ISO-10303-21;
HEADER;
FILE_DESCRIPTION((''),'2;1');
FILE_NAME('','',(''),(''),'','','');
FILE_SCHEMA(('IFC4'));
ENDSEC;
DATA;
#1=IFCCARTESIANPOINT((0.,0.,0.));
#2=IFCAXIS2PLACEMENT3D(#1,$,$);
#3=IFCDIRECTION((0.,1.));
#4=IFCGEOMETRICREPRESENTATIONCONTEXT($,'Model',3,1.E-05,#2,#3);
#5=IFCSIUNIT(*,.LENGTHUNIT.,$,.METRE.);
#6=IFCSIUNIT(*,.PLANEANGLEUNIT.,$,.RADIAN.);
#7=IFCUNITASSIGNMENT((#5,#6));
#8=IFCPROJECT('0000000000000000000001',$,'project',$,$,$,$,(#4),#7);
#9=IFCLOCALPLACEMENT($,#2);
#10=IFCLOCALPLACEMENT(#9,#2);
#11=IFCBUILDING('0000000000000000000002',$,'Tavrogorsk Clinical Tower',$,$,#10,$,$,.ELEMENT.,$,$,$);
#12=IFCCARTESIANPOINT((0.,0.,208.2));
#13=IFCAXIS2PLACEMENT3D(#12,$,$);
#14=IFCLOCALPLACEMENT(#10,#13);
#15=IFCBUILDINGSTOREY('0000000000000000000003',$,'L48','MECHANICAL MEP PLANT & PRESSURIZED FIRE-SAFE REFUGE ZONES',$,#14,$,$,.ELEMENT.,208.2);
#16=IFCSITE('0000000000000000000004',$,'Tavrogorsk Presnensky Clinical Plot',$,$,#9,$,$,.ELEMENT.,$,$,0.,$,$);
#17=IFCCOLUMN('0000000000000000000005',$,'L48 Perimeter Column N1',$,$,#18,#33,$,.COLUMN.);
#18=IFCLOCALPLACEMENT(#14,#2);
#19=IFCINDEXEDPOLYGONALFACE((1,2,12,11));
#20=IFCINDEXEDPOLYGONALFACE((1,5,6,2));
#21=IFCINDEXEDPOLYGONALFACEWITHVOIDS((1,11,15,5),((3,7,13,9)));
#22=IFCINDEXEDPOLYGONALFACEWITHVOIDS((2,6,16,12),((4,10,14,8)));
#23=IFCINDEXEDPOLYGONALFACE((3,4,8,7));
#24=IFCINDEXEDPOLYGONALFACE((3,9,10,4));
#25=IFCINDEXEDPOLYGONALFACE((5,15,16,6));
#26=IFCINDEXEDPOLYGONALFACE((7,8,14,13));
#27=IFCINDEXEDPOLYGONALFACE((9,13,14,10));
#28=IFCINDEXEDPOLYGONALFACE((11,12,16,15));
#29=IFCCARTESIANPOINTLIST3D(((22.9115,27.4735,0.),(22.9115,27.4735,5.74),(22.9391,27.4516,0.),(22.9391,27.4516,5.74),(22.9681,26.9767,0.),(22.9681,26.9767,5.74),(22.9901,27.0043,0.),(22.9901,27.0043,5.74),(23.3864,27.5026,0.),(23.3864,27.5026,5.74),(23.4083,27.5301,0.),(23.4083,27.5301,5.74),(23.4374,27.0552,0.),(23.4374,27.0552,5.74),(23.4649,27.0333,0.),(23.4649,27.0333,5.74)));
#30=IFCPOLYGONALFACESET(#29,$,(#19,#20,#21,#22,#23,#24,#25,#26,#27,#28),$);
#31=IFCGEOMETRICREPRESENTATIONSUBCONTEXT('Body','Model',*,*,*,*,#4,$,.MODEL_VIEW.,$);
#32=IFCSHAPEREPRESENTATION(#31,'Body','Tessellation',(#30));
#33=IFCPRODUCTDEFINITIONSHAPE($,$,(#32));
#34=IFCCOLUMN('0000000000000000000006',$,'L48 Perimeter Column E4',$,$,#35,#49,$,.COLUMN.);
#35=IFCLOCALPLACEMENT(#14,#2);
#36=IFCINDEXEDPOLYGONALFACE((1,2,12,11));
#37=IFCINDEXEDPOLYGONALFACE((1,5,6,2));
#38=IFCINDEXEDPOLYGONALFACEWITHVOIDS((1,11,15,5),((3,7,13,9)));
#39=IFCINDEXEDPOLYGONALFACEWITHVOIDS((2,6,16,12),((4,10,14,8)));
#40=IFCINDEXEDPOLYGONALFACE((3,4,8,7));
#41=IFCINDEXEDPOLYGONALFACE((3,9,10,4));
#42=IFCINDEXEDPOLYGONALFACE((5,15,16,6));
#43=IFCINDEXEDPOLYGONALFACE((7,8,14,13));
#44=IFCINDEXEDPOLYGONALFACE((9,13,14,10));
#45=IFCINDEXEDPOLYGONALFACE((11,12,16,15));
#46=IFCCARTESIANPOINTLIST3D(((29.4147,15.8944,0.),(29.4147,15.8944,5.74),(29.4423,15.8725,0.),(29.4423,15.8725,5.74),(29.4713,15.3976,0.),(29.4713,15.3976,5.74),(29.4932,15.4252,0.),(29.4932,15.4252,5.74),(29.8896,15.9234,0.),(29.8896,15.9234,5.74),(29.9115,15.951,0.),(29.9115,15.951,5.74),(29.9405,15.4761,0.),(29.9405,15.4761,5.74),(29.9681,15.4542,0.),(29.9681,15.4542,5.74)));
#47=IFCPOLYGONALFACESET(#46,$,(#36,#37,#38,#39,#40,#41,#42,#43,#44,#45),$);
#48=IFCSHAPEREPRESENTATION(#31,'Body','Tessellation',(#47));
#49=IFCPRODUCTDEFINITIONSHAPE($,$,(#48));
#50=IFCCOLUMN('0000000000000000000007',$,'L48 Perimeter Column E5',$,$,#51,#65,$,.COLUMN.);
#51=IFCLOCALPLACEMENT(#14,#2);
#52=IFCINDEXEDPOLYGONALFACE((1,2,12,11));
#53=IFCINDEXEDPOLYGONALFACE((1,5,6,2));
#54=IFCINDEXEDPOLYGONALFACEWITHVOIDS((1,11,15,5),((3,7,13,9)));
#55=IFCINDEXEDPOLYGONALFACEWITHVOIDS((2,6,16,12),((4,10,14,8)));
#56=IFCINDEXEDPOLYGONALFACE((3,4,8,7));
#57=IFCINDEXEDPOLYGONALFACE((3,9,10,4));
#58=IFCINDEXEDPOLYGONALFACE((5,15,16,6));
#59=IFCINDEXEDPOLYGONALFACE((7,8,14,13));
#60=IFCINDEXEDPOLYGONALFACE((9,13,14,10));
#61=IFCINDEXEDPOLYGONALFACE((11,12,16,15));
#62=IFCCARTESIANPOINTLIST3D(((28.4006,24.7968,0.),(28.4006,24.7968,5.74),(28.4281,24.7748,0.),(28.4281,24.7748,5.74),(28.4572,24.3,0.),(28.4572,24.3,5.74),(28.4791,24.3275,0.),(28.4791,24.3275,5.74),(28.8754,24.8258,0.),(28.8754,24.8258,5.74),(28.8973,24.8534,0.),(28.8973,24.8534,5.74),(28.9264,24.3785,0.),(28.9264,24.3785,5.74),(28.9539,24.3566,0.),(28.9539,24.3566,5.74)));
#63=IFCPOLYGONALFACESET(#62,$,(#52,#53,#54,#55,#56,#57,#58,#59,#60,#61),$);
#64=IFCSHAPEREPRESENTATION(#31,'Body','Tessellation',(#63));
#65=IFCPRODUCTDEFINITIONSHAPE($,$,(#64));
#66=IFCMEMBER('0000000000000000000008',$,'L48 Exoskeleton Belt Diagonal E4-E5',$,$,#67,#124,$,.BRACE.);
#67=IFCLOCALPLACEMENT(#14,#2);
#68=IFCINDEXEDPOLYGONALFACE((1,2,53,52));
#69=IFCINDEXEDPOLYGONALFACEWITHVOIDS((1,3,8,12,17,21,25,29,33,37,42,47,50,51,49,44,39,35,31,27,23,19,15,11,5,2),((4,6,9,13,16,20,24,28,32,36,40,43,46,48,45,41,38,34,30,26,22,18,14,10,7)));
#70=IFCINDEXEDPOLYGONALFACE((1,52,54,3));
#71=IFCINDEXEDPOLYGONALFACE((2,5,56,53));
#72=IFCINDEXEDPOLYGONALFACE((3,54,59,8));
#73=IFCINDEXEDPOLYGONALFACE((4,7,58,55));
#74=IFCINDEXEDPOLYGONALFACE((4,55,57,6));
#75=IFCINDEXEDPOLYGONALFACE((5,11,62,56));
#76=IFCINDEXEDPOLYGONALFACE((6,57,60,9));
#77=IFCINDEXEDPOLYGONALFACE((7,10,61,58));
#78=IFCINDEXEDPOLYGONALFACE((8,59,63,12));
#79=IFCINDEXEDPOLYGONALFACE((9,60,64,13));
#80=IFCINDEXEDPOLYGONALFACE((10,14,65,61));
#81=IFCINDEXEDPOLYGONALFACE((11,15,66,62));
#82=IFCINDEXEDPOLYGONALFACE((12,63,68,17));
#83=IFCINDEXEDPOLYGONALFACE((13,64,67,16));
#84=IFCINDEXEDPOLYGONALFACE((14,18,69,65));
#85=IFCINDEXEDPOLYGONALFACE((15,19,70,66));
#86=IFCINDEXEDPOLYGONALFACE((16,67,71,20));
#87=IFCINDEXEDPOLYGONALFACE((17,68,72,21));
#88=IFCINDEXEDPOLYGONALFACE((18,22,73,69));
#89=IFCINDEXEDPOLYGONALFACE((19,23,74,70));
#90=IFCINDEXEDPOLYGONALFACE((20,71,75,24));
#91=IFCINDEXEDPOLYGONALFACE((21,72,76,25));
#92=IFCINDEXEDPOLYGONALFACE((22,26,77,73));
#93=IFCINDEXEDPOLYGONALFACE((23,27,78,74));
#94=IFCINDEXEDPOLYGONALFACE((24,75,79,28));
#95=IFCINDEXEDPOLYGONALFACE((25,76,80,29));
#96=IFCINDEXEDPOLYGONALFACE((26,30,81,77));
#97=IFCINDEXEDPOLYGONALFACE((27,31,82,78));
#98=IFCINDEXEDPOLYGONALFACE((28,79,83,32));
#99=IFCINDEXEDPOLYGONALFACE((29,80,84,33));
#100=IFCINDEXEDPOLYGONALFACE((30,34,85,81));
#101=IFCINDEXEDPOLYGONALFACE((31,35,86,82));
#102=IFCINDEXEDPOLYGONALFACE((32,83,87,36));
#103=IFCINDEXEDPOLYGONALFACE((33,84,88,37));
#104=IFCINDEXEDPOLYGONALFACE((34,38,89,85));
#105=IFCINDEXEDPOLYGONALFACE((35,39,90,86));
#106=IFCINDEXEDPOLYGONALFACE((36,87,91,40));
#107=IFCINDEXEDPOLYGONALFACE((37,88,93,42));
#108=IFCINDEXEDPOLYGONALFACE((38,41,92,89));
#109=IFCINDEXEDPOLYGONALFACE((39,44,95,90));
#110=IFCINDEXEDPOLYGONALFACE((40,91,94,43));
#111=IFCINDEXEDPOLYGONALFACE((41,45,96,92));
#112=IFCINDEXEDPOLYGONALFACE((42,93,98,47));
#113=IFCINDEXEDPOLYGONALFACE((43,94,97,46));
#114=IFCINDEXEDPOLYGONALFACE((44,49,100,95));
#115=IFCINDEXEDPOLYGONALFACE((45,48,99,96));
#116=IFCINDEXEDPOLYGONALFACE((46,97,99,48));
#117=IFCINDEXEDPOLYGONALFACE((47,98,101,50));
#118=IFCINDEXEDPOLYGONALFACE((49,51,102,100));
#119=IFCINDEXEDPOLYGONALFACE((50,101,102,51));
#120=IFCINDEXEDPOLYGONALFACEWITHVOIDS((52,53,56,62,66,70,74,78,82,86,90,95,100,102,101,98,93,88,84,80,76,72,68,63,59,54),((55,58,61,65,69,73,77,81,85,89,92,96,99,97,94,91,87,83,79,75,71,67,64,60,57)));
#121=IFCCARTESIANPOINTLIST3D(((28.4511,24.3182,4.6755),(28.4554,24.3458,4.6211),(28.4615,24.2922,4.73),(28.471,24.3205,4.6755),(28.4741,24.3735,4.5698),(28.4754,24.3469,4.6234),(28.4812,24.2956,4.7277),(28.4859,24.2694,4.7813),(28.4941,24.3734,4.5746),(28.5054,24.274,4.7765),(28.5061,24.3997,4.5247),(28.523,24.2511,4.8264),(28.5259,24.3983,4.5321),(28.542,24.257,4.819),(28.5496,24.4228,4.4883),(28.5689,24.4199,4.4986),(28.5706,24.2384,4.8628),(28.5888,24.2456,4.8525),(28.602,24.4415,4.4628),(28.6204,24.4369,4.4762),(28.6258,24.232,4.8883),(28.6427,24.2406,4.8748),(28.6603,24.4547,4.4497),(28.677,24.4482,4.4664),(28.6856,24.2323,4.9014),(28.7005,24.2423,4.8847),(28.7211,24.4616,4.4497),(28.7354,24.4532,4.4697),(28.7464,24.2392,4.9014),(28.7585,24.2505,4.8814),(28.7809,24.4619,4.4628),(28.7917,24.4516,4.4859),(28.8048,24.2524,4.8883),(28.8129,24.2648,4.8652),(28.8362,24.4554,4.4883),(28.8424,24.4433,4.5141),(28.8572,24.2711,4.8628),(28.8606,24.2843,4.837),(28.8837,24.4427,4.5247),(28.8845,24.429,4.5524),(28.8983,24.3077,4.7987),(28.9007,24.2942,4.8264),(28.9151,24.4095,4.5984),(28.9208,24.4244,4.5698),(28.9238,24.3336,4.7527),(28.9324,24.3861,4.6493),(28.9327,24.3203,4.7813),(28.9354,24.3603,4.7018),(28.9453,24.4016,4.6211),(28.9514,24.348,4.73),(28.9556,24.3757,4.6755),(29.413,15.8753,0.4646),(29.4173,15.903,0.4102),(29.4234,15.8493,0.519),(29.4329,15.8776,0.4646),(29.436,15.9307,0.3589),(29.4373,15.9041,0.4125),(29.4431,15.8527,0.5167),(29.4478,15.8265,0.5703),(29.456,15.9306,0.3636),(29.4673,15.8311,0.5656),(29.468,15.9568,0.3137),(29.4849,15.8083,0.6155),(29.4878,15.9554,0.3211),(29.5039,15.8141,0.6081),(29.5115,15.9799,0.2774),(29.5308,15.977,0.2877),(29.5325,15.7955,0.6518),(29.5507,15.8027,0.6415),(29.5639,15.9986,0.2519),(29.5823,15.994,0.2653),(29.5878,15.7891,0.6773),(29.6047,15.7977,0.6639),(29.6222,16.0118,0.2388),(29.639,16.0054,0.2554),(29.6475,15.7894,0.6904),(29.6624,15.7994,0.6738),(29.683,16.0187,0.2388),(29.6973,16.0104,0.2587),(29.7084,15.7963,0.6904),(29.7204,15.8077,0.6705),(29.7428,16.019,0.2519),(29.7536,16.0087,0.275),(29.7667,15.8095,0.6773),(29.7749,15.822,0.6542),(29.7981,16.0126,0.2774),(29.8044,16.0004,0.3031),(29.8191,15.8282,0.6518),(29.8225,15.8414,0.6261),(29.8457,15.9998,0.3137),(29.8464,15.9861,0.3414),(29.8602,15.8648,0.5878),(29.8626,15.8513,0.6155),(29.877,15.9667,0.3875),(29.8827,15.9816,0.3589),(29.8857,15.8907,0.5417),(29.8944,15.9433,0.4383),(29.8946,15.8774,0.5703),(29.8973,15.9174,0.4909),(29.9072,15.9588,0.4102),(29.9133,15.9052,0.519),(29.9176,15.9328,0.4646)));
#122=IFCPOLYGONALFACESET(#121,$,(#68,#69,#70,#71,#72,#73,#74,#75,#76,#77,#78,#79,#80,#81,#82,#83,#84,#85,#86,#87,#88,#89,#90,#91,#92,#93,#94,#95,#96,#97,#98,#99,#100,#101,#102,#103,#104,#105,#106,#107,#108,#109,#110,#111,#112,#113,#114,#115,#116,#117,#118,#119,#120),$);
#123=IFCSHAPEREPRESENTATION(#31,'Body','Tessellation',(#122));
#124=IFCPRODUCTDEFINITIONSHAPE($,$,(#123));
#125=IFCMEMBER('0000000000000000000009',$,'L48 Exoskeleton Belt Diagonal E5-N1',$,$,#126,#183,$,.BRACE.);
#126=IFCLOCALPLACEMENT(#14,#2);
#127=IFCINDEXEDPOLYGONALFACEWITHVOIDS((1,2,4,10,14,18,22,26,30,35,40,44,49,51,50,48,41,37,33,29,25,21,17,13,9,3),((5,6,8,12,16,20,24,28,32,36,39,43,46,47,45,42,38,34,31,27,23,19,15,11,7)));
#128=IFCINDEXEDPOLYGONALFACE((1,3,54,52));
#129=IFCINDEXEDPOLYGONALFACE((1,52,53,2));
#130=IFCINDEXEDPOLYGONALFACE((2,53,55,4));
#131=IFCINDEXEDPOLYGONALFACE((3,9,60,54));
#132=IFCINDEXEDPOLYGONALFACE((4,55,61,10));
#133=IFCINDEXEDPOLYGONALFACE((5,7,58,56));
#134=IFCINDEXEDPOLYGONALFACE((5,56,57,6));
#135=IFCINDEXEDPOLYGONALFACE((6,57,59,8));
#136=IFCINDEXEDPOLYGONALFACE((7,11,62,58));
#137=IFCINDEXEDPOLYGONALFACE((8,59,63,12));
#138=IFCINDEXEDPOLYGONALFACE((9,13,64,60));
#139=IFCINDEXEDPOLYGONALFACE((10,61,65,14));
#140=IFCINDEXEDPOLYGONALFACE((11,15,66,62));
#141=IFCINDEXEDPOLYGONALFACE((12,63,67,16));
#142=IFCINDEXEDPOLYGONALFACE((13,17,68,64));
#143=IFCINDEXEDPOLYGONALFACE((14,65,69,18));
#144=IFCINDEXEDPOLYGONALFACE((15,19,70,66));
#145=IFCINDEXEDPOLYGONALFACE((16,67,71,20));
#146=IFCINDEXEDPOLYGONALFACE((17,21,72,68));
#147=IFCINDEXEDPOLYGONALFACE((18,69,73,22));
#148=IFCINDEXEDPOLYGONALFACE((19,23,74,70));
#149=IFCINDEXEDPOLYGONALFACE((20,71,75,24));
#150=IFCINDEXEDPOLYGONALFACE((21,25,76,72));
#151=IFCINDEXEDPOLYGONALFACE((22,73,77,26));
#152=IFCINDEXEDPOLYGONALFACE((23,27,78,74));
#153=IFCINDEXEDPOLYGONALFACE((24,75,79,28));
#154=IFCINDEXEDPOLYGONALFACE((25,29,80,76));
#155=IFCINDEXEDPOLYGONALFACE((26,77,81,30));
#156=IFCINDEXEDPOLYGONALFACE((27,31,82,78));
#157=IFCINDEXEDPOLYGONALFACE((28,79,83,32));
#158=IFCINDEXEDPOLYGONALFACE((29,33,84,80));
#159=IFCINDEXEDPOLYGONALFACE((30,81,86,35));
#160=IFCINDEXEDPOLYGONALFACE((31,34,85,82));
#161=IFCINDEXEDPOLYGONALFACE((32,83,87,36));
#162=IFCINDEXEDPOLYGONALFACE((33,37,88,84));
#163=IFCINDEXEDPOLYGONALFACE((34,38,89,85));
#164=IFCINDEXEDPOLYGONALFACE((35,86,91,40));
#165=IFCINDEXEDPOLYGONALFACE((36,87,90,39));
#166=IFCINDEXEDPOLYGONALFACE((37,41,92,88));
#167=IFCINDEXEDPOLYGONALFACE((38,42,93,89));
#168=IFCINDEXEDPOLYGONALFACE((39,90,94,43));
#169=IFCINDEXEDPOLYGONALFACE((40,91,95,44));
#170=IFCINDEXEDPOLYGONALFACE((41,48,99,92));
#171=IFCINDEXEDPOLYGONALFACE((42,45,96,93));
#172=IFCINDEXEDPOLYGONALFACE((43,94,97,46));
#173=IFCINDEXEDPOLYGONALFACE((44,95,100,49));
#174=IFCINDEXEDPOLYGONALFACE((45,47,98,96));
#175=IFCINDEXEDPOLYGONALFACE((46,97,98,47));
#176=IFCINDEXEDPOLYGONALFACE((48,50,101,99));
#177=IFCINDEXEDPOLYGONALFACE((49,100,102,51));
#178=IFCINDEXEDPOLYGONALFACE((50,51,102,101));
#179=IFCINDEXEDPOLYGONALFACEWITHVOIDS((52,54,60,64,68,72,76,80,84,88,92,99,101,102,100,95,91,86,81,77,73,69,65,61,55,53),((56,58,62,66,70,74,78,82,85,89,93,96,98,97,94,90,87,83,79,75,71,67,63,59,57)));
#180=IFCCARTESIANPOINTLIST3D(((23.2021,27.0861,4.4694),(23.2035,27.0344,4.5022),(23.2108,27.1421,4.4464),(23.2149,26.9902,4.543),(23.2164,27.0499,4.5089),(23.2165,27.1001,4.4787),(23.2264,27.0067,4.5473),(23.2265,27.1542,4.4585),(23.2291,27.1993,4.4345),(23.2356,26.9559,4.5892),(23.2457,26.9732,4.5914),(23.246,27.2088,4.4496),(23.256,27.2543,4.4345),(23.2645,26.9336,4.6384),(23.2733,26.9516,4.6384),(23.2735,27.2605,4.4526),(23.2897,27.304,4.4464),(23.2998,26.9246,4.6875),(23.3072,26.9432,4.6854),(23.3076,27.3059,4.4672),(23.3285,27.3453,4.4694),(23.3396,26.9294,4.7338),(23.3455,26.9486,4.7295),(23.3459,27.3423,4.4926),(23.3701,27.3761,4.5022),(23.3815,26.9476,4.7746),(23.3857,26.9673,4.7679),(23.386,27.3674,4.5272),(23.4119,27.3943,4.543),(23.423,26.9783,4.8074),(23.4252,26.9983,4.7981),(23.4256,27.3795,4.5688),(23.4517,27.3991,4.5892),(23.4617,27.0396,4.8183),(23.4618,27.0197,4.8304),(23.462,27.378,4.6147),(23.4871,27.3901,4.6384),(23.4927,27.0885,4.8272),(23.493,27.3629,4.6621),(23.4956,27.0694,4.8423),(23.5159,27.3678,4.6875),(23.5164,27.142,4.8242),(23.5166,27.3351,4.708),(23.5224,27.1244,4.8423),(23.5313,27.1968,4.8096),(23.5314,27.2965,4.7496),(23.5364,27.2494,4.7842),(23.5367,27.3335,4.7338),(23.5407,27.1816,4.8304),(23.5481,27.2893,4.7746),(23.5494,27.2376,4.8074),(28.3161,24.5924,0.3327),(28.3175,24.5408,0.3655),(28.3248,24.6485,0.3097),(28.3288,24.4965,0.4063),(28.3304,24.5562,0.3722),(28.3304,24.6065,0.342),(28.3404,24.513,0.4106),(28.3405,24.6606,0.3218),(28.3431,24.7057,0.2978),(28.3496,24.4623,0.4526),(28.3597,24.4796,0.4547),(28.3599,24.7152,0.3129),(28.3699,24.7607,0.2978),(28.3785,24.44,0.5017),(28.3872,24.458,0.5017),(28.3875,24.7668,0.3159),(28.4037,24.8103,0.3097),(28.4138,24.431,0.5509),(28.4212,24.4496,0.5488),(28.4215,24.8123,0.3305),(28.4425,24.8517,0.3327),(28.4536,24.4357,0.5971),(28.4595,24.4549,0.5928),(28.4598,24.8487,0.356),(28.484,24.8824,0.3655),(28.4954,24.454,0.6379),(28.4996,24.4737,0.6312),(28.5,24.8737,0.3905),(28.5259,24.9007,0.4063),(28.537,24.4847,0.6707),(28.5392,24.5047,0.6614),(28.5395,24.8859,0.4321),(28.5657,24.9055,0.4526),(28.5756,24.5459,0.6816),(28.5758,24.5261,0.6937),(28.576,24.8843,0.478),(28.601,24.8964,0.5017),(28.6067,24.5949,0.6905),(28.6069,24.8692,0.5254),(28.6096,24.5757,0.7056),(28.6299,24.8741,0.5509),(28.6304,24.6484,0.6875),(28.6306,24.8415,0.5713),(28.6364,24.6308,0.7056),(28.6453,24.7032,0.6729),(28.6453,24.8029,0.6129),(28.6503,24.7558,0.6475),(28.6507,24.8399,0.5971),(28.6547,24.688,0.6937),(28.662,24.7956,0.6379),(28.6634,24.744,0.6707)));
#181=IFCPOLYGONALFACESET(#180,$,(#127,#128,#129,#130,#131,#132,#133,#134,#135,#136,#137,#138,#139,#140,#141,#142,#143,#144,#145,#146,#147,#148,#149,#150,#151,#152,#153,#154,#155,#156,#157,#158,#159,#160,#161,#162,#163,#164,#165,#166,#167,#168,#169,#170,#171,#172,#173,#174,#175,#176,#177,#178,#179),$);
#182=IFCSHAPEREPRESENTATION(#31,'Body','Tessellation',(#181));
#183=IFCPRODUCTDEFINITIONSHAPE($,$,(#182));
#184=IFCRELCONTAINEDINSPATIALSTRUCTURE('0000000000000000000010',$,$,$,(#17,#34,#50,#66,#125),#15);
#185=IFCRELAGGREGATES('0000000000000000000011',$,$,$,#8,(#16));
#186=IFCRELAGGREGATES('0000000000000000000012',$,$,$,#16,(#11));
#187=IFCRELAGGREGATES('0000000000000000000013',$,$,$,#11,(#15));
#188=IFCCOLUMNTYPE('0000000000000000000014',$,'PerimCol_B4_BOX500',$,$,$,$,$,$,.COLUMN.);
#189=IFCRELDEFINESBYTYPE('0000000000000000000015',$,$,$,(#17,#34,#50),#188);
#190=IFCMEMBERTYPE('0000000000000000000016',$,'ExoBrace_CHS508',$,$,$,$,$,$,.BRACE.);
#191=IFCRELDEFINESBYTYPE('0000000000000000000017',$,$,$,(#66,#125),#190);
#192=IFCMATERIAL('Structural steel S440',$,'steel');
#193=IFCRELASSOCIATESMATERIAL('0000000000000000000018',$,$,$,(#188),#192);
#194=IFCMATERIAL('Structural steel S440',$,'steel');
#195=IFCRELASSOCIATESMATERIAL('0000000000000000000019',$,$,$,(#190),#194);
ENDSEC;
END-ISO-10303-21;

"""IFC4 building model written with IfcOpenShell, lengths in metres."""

from ifc_helpers import new_model, si_unit, direction, frame, origin, origin_2d, place, context, subcontext, project, spatial, hollow_rectangle, hollow_circle, extrude, material, material_profile, profile_set, type_object, element, save


model = new_model("IFC4")

# Units and contexts
model_context = context("Model", 3, precision=1e-05, world=origin(), true_north=direction((0.0, 1.0)))
body_context = subcontext(model_context, "Body", "Model", "MODEL_VIEW")
ifc_project = project(units=[si_unit("LENGTHUNIT", "METRE"), si_unit("PLANEANGLEUNIT", "RADIAN")], contexts=[model_context])

# Site, building, storey
site_placement = place(None, origin())
site = spatial("IfcSite", under=ifc_project, at=site_placement, Name="Tavrogorsk Presnensky Clinical Plot", CompositionType="ELEMENT", RefElevation=0.0)
building_placement = place(site_placement, origin())
building = spatial("IfcBuilding", under=site, at=building_placement, Name="Tavrogorsk Clinical Tower", CompositionType="ELEMENT")
storey_placement = place(building_placement, frame((0.0, 0.0, 208.2)))
storey = spatial("IfcBuildingStorey", under=building, at=storey_placement, Name="L48", Description="MECHANICAL MEP PLANT & PRESSURIZED FIRE-SAFE REFUGE ZONES", CompositionType="ELEMENT", Elevation=208.2)

# Columns
ifc_material_1 = material(Name="Structural steel S440", Category="steel")
ifc_material_profile_1 = material_profile(ifc_material_1, hollow_rectangle(XDim=0.5, YDim=0.5, WallThickness=0.0249, at=origin_2d()), Name="BOX-500x500x25")
ifc_profile_set_1 = profile_set([ifc_material_profile_1], Name="Structural steel S440")
column_type = type_object("IfcColumnType", Name="PerimCol_B4_BOX500", PredefinedType="COLUMN", material=ifc_profile_set_1)
for number, where, z_axis, x_axis, name in (
    (1, (23.1882, 27.2534, 0.0), (0.0, 0.0, 1.0), (0.993572, 0.113203, 0.0), "L48 Perimeter Column N1"),
    (2, (29.6914, 15.6743, 0.0), (0.0, 0.0, 1.0), (0.993572, 0.113203, 0.0), "L48 Perimeter Column E4"),
    (3, (28.6772, 24.5767, 0.0), (0.0, 0.0, 1.0), (0.993572, 0.113203, 0.0), "L48 Perimeter Column E5"),
):
    element("IfcColumn", number, at=place(storey_placement, frame(where, z_axis=z_axis, x_axis=x_axis)), inside=storey, type_object=column_type, Name=name, PredefinedType="COLUMN", context=body_context, shape_type="SweptSolid", body=[
        extrude(hollow_rectangle(XDim=0.5, YDim=0.5, WallThickness=0.0249, at=origin_2d()), origin(), (0.0, 0.0, 1.0), 5.74),
    ])

# Members
ifc_material_2 = material(Name="Structural steel S440", Category="steel")
ifc_material_profile_2 = material_profile(ifc_material_2, hollow_circle(Radius=0.2539, WallThickness=0.02, at=origin_2d()), Name="CHS-508x20")
ifc_profile_set_2 = profile_set([ifc_material_profile_2], Name="Structural steel S440")
member_type_1 = type_object("IfcMemberType", Name="ExoBrace_CHS508", PredefinedType="BRACE", material=ifc_profile_set_2)
member_1_placement = place(storey_placement, frame((29.6653, 15.9041, 0.4646), z_axis=(-0.101429, 0.890257, 0.444021), x_axis=(-0.993572, -0.1132, 0.0)))
element("IfcMember", 4, at=member_1_placement, inside=storey, type_object=member_type_1, Name="L48 Exoskeleton Belt Diagonal E4-E5", PredefinedType="BRACE", context=body_context, shape_type="SweptSolid", body=[
    extrude(hollow_circle(Radius=0.2539, WallThickness=0.02, at=origin_2d()), origin(), (0.0, 0.0, 1.0), 9.4836),
])
member_2_placement = place(storey_placement, frame((28.4897, 24.6682, 0.5017), z_axis=(-0.726993, 0.35449, 0.588063), x_axis=(-0.438283, -0.898837, 0.0)))
element("IfcMember", 5, at=member_2_placement, inside=storey, type_object=member_type_1, Name="L48 Exoskeleton Belt Diagonal E5-N1", PredefinedType="BRACE", context=body_context, shape_type="SweptSolid", body=[
    extrude(hollow_circle(Radius=0.2539, WallThickness=0.02, at=origin_2d()), origin(), (0.0, 0.0, 1.0), 7.0344),
])

save(model, "model.ifc")
